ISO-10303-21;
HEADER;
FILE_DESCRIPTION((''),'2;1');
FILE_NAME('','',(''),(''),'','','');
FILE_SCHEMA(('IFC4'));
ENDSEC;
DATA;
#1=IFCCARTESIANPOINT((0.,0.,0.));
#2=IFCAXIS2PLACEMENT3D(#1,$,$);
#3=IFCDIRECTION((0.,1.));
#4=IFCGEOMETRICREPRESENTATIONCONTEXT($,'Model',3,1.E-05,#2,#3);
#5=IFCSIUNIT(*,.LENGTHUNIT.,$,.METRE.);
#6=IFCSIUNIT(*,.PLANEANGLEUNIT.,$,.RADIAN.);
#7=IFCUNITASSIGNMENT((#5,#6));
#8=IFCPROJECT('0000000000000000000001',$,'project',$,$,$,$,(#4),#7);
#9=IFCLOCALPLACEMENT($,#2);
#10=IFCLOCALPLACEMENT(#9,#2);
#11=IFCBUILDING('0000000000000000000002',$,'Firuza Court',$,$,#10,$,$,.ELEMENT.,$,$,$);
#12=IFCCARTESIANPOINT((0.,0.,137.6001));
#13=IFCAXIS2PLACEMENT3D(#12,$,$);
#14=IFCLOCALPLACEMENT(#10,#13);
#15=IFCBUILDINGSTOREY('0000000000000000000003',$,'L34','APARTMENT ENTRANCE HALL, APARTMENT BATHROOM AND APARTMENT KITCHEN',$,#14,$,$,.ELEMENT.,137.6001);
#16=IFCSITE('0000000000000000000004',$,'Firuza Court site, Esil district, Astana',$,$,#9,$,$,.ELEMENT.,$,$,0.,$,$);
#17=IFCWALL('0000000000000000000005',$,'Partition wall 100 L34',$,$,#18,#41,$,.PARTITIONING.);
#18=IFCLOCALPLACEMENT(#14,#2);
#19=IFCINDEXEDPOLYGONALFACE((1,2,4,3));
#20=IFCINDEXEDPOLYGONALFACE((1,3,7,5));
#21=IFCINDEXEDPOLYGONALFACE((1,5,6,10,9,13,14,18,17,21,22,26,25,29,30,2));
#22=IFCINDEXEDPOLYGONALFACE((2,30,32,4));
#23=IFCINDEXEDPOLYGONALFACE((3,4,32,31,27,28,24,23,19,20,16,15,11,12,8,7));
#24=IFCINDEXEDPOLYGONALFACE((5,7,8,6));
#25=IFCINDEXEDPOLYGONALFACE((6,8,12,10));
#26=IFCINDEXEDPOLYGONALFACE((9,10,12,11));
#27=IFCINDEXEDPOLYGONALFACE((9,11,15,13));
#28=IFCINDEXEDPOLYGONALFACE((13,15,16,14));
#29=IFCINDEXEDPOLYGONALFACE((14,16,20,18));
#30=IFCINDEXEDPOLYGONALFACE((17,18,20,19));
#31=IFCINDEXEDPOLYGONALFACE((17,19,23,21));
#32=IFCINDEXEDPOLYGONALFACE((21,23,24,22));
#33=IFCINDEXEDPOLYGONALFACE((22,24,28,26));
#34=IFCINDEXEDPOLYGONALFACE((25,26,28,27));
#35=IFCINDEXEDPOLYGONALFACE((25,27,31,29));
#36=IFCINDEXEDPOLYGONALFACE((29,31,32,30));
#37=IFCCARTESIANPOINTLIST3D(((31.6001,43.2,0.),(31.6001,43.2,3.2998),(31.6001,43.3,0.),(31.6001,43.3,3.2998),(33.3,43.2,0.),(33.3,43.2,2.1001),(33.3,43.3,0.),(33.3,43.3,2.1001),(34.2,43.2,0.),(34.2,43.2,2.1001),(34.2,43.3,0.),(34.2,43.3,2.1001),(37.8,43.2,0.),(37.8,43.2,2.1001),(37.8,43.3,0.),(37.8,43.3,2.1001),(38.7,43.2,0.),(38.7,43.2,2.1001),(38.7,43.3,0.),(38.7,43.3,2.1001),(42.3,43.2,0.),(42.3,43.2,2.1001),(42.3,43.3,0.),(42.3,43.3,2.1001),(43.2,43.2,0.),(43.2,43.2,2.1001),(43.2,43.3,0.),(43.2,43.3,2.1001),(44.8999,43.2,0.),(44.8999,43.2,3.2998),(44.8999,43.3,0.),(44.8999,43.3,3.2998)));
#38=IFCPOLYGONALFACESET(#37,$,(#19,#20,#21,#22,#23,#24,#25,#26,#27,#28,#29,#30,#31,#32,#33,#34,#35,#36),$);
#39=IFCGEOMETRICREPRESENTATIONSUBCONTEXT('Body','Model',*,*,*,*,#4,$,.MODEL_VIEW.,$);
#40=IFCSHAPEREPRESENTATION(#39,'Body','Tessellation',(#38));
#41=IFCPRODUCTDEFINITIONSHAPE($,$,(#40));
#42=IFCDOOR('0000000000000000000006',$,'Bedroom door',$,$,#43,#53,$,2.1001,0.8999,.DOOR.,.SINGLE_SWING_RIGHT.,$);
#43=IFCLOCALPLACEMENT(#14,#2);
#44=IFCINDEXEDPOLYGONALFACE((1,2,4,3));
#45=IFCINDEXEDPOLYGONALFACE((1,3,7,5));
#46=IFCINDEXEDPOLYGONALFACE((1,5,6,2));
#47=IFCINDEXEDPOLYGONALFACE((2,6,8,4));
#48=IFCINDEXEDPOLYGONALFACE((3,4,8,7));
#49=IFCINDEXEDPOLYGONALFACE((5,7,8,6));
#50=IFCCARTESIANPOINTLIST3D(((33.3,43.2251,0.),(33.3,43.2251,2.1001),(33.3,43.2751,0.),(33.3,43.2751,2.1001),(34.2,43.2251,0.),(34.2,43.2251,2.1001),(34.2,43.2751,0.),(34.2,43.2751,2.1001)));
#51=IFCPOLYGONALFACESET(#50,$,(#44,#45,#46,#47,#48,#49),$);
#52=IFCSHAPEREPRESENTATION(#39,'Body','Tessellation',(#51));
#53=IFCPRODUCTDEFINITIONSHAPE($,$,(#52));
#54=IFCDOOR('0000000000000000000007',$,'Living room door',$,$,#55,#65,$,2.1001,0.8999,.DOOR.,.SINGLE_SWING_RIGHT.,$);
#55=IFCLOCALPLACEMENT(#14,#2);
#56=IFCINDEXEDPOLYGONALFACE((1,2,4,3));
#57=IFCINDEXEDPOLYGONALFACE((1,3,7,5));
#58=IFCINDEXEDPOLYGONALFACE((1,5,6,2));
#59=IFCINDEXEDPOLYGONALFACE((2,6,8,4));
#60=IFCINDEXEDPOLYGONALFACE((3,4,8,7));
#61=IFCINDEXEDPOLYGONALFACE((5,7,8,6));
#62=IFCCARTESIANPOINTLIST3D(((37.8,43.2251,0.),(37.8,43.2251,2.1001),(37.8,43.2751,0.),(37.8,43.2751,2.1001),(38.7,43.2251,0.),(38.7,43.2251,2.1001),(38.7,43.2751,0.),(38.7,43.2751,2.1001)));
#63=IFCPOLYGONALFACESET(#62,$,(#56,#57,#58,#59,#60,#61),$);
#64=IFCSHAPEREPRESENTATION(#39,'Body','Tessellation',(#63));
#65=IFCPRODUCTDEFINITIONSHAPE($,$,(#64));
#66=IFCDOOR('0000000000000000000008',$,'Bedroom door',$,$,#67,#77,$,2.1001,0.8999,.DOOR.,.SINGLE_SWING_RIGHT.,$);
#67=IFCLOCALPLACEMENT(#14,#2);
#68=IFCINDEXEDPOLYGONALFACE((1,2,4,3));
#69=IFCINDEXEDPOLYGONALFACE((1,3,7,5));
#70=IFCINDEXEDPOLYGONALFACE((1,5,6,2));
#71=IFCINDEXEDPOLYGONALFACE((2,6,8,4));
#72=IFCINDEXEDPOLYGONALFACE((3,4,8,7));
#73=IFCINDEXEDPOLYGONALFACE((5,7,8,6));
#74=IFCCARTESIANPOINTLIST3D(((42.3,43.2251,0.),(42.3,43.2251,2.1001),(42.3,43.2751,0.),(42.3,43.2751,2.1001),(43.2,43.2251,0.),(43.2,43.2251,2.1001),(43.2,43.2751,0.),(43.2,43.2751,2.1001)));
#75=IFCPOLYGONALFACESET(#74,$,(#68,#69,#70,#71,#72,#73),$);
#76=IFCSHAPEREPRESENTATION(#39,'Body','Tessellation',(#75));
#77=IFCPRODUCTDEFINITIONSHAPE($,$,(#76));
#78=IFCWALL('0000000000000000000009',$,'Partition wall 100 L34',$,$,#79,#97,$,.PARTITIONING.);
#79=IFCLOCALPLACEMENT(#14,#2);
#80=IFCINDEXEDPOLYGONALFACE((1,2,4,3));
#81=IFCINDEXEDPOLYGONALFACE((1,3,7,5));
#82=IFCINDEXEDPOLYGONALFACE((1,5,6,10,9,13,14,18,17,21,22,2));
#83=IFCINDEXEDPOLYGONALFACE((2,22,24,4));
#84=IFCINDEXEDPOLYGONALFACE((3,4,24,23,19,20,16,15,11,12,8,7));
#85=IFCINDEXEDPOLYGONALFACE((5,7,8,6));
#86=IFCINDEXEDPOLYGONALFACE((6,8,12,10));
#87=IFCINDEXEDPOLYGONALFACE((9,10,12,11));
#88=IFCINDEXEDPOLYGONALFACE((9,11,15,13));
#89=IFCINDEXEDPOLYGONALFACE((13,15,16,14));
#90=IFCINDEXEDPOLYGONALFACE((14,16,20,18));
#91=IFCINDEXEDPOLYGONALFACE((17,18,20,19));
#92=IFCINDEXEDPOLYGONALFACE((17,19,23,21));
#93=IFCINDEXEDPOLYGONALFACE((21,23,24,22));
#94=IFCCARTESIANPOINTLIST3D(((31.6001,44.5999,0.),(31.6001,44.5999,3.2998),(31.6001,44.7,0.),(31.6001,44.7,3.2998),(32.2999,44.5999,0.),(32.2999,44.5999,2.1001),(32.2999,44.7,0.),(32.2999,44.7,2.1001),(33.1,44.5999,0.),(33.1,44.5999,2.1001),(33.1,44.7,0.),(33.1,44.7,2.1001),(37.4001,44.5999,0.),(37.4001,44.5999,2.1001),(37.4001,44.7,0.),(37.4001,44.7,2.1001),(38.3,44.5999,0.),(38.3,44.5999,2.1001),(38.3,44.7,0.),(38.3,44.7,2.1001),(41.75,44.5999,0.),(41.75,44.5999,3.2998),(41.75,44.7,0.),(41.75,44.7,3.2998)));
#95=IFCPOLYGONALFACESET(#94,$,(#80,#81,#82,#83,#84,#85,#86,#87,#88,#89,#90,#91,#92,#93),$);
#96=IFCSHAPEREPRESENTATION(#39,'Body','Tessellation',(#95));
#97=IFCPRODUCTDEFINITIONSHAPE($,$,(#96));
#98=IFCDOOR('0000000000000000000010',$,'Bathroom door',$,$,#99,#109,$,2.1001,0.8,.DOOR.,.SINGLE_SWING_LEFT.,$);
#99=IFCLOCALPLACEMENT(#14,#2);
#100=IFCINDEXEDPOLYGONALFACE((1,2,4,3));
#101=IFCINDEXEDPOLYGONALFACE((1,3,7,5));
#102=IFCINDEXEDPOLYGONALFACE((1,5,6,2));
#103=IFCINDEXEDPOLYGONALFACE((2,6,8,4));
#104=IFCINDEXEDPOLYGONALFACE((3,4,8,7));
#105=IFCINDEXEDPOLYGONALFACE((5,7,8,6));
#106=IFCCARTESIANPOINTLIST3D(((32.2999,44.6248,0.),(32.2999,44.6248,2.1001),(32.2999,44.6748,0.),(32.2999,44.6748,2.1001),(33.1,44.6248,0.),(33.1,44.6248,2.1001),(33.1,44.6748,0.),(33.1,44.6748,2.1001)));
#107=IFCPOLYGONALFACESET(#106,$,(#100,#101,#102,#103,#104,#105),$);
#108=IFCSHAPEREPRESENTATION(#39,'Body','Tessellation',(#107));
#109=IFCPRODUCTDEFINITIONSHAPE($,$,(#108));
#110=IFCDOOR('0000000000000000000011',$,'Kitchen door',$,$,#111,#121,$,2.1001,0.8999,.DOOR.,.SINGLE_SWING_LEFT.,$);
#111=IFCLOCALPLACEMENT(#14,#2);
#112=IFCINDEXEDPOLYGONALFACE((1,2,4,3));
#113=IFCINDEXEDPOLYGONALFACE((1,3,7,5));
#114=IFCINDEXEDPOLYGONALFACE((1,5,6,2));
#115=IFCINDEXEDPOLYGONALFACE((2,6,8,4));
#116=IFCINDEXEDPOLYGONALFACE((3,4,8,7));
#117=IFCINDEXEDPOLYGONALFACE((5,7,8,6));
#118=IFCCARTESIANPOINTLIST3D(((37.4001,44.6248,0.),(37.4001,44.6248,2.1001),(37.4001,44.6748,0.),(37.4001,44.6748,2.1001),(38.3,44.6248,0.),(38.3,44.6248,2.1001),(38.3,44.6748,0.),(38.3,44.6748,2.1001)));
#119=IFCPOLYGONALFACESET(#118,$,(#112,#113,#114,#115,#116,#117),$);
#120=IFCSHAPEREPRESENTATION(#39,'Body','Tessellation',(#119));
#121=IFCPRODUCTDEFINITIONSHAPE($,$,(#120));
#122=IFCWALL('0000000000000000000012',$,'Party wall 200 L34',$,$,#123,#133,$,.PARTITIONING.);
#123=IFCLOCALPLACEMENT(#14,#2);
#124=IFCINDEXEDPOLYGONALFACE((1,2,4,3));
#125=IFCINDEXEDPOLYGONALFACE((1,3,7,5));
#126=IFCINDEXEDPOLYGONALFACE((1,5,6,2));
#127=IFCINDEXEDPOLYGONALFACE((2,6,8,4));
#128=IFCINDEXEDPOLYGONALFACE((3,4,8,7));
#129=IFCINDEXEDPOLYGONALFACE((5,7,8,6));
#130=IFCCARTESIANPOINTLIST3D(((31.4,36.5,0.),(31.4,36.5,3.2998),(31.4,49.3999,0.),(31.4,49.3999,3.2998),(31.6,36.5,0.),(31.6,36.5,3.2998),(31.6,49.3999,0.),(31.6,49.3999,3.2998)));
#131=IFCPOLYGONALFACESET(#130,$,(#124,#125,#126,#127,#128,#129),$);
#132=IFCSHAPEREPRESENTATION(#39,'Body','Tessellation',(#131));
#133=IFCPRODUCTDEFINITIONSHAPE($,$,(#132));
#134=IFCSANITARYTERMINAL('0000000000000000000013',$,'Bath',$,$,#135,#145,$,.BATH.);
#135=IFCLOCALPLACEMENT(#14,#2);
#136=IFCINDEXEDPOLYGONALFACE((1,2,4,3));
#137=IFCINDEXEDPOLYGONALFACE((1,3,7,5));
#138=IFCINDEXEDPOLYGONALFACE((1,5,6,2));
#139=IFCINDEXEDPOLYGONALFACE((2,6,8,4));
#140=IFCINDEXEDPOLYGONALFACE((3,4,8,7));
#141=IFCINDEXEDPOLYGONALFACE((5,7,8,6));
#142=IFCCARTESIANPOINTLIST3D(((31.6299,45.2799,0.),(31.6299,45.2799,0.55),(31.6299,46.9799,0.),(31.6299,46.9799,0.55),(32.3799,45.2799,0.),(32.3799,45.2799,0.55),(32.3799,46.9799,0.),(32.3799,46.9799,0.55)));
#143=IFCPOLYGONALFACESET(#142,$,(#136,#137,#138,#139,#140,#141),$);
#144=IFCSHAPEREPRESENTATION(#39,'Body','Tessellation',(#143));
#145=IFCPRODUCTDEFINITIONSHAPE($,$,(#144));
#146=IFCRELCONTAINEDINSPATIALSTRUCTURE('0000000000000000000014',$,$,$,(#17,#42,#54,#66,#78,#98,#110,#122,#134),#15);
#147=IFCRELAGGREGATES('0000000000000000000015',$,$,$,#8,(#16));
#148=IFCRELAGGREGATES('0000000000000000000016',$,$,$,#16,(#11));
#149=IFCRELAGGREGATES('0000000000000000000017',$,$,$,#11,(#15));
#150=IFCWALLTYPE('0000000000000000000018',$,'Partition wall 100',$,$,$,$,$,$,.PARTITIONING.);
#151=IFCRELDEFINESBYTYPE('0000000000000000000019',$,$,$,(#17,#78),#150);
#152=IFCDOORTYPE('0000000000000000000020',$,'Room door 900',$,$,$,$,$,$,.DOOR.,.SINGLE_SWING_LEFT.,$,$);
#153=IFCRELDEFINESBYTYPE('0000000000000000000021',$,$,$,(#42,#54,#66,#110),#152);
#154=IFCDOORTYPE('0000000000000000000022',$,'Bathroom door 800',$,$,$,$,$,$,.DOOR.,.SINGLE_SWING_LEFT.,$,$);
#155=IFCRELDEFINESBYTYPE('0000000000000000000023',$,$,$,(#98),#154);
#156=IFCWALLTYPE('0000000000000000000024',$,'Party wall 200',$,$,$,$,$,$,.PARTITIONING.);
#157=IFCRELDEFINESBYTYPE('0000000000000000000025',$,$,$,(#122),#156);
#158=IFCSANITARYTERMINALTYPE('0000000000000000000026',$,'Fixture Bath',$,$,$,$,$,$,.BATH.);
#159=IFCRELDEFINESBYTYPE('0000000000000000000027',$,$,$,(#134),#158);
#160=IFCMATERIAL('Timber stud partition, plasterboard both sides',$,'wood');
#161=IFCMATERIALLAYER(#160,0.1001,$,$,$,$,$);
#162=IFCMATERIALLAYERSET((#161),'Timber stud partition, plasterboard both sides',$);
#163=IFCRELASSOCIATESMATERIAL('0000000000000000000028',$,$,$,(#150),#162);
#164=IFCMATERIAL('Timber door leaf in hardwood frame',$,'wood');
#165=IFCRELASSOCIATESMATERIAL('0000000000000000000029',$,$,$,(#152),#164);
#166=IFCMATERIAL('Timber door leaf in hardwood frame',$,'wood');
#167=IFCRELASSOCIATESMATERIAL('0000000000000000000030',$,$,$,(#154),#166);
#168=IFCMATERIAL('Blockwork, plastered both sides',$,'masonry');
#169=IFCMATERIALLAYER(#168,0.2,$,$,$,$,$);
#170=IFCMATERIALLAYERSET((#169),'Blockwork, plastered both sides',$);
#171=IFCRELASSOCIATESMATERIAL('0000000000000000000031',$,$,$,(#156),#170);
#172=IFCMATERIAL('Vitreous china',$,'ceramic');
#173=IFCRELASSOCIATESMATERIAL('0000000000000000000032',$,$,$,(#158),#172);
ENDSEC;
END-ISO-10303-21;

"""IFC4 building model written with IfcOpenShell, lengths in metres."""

from ifc_helpers import new_model, si_unit, direction, frame, frame_2d, origin, origin_2d, place, context, subcontext, project, spatial, rectangle, extrude, material, layer, layer_set, type_object, element, fill, save


model = new_model("IFC4")

# Units and contexts
model_context = context("Model", 3, precision=1e-05, world=origin(), true_north=direction((0.0, 1.0)))
body_context = subcontext(model_context, "Body", "Model", "MODEL_VIEW")
ifc_project = project(units=[si_unit("LENGTHUNIT", "METRE"), si_unit("PLANEANGLEUNIT", "RADIAN")], contexts=[model_context])

# Site, building, storey
site_placement = place(None, origin())
site = spatial("IfcSite", under=ifc_project, at=site_placement, Name="Firuza Court site, Esil district, Astana", CompositionType="ELEMENT", RefElevation=0.0)
building_placement = place(site_placement, origin())
building = spatial("IfcBuilding", under=site, at=building_placement, Name="Firuza Court", CompositionType="ELEMENT")
storey_placement = place(building_placement, frame((0.0, 0.0, 137.6001)))
storey = spatial("IfcBuildingStorey", under=building, at=storey_placement, Name="L34", Description="APARTMENT ENTRANCE HALL, APARTMENT BATHROOM AND APARTMENT KITCHEN", CompositionType="ELEMENT", Elevation=137.6001)

# Shared definitions
ifc_material_1 = material(Name="Blockwork, plastered both sides", Category="masonry")

# Shared definitions
ifc_material_2 = material(Name="Timber stud partition, plasterboard both sides", Category="wood")
ifc_layer_1 = layer(ifc_material_2, 0.1001)
ifc_layer_set_1 = layer_set([ifc_layer_1], Name="Timber stud partition, plasterboard both sides")
wall_type_1 = type_object("IfcWallType", Name="Partition wall 100", PredefinedType="PARTITIONING", material=ifc_layer_set_1)

# Walls, openings, doors
wall_1_placement = place(storey_placement, frame((31.6001, 43.25, 0.0), z_axis=(0.0, 0.0, 1.0), x_axis=(1.0, 0.0, 0.0)))
wall_1 = element("IfcWall", 1, at=wall_1_placement, inside=storey, type_object=wall_type_1, Name="Partition wall 100 L34", PredefinedType="PARTITIONING", context=body_context, shape_type="SweptSolid", body=[
    extrude(rectangle(XDim=13.2998, YDim=0.1001, at=frame_2d((6.6499, 0.0))), origin(), (0.0, 0.0, 1.0), 3.2998),
])
opening_1_placement = place(wall_1_placement, frame((1.7, 0.0, 0.0)))
opening_1 = element("IfcOpeningElement", 2, at=opening_1_placement, cuts=wall_1, PredefinedType="OPENING", context=body_context, shape_type="SweptSolid", body=[
    extrude(rectangle(XDim=0.8999, YDim=2.1001, at=frame_2d((0.45, 1.05))), frame((0.0, 0.062, 0.0), z_axis=(0.0, -1.0, 0.0), x_axis=(1.0, 0.0, 0.0)), (0.0, 0.0, 1.0), 0.124),
])
opening_2_placement = place(wall_1_placement, frame((6.2, 0.0, 0.0)))
opening_2 = element("IfcOpeningElement", 3, at=opening_2_placement, cuts=wall_1, PredefinedType="OPENING", context=body_context, shape_type="SweptSolid", body=[
    extrude(rectangle(XDim=0.8999, YDim=2.1001, at=frame_2d((0.45, 1.05))), frame((0.0, 0.062, 0.0), z_axis=(0.0, -1.0, 0.0), x_axis=(1.0, 0.0, 0.0)), (0.0, 0.0, 1.0), 0.124),
])
opening_3_placement = place(wall_1_placement, frame((10.7, 0.0, 0.0)))
opening_3 = element("IfcOpeningElement", 4, at=opening_3_placement, cuts=wall_1, PredefinedType="OPENING", context=body_context, shape_type="SweptSolid", body=[
    extrude(rectangle(XDim=0.8999, YDim=2.1001, at=frame_2d((0.45, 1.05))), frame((0.0, 0.062, 0.0), z_axis=(0.0, -1.0, 0.0), x_axis=(1.0, 0.0, 0.0)), (0.0, 0.0, 1.0), 0.124),
])
ifc_material_3 = material(Name="Timber door leaf in hardwood frame", Category="wood")
door_type_1 = type_object("IfcDoorType", Name="Room door 900", OperationType="SINGLE_SWING_LEFT", PredefinedType="DOOR", material=ifc_material_3)
door_1_placement = place(opening_1_placement, frame((0.8999, 0.0, 0.0), z_axis=(0.0, 0.0, 1.0), x_axis=(-1.0, 0.0, 0.0)))
door_1 = element("IfcDoor", 5, at=door_1_placement, inside=storey, type_object=door_type_1, Name="Bedroom door", OperationType="SINGLE_SWING_RIGHT", OverallHeight=2.1001, OverallWidth=0.8999, PredefinedType="DOOR", context=body_context, shape_type="SweptSolid", body=[
    extrude(rectangle(XDim=0.8999, YDim=2.1001, at=frame_2d((0.45, 1.05))), frame((0.0, 0.0249, 0.0), z_axis=(0.0, -1.0, 0.0), x_axis=(1.0, 0.0, 0.0)), (0.0, 0.0, 1.0), 0.05),
])
fill(opening_1, door_1)
door_2_placement = place(opening_2_placement, frame((0.8999, 0.0, 0.0), z_axis=(0.0, 0.0, 1.0), x_axis=(-1.0, 0.0, 0.0)))
door_2 = element("IfcDoor", 6, at=door_2_placement, inside=storey, type_object=door_type_1, Name="Living room door", OperationType="SINGLE_SWING_RIGHT", OverallHeight=2.1001, OverallWidth=0.8999, PredefinedType="DOOR", context=body_context, shape_type="SweptSolid", body=[
    extrude(rectangle(XDim=0.8999, YDim=2.1001, at=frame_2d((0.45, 1.05))), frame((0.0, 0.0249, 0.0), z_axis=(0.0, -1.0, 0.0), x_axis=(1.0, 0.0, 0.0)), (0.0, 0.0, 1.0), 0.05),
])
fill(opening_2, door_2)
door_3_placement = place(opening_3_placement, frame((0.8999, 0.0, 0.0), z_axis=(0.0, 0.0, 1.0), x_axis=(-1.0, 0.0, 0.0)))
door_3 = element("IfcDoor", 7, at=door_3_placement, inside=storey, type_object=door_type_1, Name="Bedroom door", OperationType="SINGLE_SWING_RIGHT", OverallHeight=2.1001, OverallWidth=0.8999, PredefinedType="DOOR", context=body_context, shape_type="SweptSolid", body=[
    extrude(rectangle(XDim=0.8999, YDim=2.1001, at=frame_2d((0.45, 1.05))), frame((0.0, 0.0249, 0.0), z_axis=(0.0, -1.0, 0.0), x_axis=(1.0, 0.0, 0.0)), (0.0, 0.0, 1.0), 0.05),
])
fill(opening_3, door_3)
wall_2_placement = place(storey_placement, frame((31.6001, 44.6499, 0.0), z_axis=(0.0, 0.0, 1.0), x_axis=(1.0, 0.0, 0.0)))
wall_2 = element("IfcWall", 8, at=wall_2_placement, inside=storey, type_object=wall_type_1, Name="Partition wall 100 L34", PredefinedType="PARTITIONING", context=body_context, shape_type="SweptSolid", body=[
    extrude(rectangle(XDim=10.1499, YDim=0.1001, at=frame_2d((5.075, 0.0))), origin(), (0.0, 0.0, 1.0), 3.2998),
])
opening_4_placement = place(wall_2_placement, frame((0.7, 0.0, 0.0)))
opening_4 = element("IfcOpeningElement", 9, at=opening_4_placement, cuts=wall_2, PredefinedType="OPENING", context=body_context, shape_type="SweptSolid", body=[
    extrude(rectangle(XDim=0.8, YDim=2.1001, at=frame_2d((0.3999, 1.05))), frame((0.0, 0.062, 0.0), z_axis=(0.0, -1.0, 0.0), x_axis=(1.0, 0.0, 0.0)), (0.0, 0.0, 1.0), 0.124),
])
opening_5_placement = place(wall_2_placement, frame((5.8, 0.0, 0.0)))
opening_5 = element("IfcOpeningElement", 10, at=opening_5_placement, cuts=wall_2, PredefinedType="OPENING", context=body_context, shape_type="SweptSolid", body=[
    extrude(rectangle(XDim=0.8999, YDim=2.1001, at=frame_2d((0.45, 1.05))), frame((0.0, 0.062, 0.0), z_axis=(0.0, -1.0, 0.0), x_axis=(1.0, 0.0, 0.0)), (0.0, 0.0, 1.0), 0.124),
])
ifc_material_4 = material(Name="Timber door leaf in hardwood frame", Category="wood")
door_type_2 = type_object("IfcDoorType", Name="Bathroom door 800", OperationType="SINGLE_SWING_LEFT", PredefinedType="DOOR", material=ifc_material_4)
door_4_placement = place(opening_4_placement, origin())
door_4 = element("IfcDoor", 11, at=door_4_placement, inside=storey, type_object=door_type_2, Name="Bathroom door", OperationType="SINGLE_SWING_LEFT", OverallHeight=2.1001, OverallWidth=0.8, PredefinedType="DOOR", context=body_context, shape_type="SweptSolid", body=[
    extrude(rectangle(XDim=0.8, YDim=2.1001, at=frame_2d((0.3999, 1.05))), frame((0.0, 0.0249, 0.0), z_axis=(0.0, -1.0, 0.0), x_axis=(1.0, 0.0, 0.0)), (0.0, 0.0, 1.0), 0.05),
])
fill(opening_4, door_4)
door_5_placement = place(opening_5_placement, origin())
door_5 = element("IfcDoor", 12, at=door_5_placement, inside=storey, type_object=door_type_1, Name="Kitchen door", OperationType="SINGLE_SWING_LEFT", OverallHeight=2.1001, OverallWidth=0.8999, PredefinedType="DOOR", context=body_context, shape_type="SweptSolid", body=[
    extrude(rectangle(XDim=0.8999, YDim=2.1001, at=frame_2d((0.45, 1.05))), frame((0.0, 0.0249, 0.0), z_axis=(0.0, -1.0, 0.0), x_axis=(1.0, 0.0, 0.0)), (0.0, 0.0, 1.0), 0.05),
])
fill(opening_5, door_5)

# Wall
ifc_layer_2 = layer(ifc_material_1, 0.2)
ifc_layer_set_2 = layer_set([ifc_layer_2], Name="Blockwork, plastered both sides")
wall_type_2 = type_object("IfcWallType", Name="Party wall 200", PredefinedType="PARTITIONING", material=ifc_layer_set_2)
wall_3_placement = place(storey_placement, frame((31.5, 36.5, 0.0), z_axis=(0.0, 0.0, 1.0), x_axis=(0.0, 1.0, 0.0)))
element("IfcWall", 13, at=wall_3_placement, inside=storey, type_object=wall_type_2, Name="Party wall 200 L34", PredefinedType="PARTITIONING", context=body_context, shape_type="SweptSolid", body=[
    extrude(rectangle(XDim=12.8999, YDim=0.2, at=frame_2d((6.45, 0.0))), origin(), (0.0, 0.0, 1.0), 3.2998),
])

# Sanitary terminal
ifc_material_5 = material(Name="Vitreous china", Category="ceramic")
sanitary_terminal_type = type_object("IfcSanitaryTerminalType", Name="Fixture Bath", PredefinedType="BATH", material=ifc_material_5)
sanitary_terminal_placement = place(storey_placement, frame((32.0049, 46.1299, 0.0), z_axis=(0.0, 0.0, 1.0), x_axis=(1.0, 0.0, 0.0)))
element("IfcSanitaryTerminal", 14, at=sanitary_terminal_placement, inside=storey, type_object=sanitary_terminal_type, Name="Bath", PredefinedType="BATH", context=body_context, shape_type="SweptSolid", body=[
    extrude(rectangle(XDim=0.75, YDim=1.7, at=origin_2d()), origin(), (0.0, 0.0, 1.0), 0.55),
])

save(model, "model.ifc")
